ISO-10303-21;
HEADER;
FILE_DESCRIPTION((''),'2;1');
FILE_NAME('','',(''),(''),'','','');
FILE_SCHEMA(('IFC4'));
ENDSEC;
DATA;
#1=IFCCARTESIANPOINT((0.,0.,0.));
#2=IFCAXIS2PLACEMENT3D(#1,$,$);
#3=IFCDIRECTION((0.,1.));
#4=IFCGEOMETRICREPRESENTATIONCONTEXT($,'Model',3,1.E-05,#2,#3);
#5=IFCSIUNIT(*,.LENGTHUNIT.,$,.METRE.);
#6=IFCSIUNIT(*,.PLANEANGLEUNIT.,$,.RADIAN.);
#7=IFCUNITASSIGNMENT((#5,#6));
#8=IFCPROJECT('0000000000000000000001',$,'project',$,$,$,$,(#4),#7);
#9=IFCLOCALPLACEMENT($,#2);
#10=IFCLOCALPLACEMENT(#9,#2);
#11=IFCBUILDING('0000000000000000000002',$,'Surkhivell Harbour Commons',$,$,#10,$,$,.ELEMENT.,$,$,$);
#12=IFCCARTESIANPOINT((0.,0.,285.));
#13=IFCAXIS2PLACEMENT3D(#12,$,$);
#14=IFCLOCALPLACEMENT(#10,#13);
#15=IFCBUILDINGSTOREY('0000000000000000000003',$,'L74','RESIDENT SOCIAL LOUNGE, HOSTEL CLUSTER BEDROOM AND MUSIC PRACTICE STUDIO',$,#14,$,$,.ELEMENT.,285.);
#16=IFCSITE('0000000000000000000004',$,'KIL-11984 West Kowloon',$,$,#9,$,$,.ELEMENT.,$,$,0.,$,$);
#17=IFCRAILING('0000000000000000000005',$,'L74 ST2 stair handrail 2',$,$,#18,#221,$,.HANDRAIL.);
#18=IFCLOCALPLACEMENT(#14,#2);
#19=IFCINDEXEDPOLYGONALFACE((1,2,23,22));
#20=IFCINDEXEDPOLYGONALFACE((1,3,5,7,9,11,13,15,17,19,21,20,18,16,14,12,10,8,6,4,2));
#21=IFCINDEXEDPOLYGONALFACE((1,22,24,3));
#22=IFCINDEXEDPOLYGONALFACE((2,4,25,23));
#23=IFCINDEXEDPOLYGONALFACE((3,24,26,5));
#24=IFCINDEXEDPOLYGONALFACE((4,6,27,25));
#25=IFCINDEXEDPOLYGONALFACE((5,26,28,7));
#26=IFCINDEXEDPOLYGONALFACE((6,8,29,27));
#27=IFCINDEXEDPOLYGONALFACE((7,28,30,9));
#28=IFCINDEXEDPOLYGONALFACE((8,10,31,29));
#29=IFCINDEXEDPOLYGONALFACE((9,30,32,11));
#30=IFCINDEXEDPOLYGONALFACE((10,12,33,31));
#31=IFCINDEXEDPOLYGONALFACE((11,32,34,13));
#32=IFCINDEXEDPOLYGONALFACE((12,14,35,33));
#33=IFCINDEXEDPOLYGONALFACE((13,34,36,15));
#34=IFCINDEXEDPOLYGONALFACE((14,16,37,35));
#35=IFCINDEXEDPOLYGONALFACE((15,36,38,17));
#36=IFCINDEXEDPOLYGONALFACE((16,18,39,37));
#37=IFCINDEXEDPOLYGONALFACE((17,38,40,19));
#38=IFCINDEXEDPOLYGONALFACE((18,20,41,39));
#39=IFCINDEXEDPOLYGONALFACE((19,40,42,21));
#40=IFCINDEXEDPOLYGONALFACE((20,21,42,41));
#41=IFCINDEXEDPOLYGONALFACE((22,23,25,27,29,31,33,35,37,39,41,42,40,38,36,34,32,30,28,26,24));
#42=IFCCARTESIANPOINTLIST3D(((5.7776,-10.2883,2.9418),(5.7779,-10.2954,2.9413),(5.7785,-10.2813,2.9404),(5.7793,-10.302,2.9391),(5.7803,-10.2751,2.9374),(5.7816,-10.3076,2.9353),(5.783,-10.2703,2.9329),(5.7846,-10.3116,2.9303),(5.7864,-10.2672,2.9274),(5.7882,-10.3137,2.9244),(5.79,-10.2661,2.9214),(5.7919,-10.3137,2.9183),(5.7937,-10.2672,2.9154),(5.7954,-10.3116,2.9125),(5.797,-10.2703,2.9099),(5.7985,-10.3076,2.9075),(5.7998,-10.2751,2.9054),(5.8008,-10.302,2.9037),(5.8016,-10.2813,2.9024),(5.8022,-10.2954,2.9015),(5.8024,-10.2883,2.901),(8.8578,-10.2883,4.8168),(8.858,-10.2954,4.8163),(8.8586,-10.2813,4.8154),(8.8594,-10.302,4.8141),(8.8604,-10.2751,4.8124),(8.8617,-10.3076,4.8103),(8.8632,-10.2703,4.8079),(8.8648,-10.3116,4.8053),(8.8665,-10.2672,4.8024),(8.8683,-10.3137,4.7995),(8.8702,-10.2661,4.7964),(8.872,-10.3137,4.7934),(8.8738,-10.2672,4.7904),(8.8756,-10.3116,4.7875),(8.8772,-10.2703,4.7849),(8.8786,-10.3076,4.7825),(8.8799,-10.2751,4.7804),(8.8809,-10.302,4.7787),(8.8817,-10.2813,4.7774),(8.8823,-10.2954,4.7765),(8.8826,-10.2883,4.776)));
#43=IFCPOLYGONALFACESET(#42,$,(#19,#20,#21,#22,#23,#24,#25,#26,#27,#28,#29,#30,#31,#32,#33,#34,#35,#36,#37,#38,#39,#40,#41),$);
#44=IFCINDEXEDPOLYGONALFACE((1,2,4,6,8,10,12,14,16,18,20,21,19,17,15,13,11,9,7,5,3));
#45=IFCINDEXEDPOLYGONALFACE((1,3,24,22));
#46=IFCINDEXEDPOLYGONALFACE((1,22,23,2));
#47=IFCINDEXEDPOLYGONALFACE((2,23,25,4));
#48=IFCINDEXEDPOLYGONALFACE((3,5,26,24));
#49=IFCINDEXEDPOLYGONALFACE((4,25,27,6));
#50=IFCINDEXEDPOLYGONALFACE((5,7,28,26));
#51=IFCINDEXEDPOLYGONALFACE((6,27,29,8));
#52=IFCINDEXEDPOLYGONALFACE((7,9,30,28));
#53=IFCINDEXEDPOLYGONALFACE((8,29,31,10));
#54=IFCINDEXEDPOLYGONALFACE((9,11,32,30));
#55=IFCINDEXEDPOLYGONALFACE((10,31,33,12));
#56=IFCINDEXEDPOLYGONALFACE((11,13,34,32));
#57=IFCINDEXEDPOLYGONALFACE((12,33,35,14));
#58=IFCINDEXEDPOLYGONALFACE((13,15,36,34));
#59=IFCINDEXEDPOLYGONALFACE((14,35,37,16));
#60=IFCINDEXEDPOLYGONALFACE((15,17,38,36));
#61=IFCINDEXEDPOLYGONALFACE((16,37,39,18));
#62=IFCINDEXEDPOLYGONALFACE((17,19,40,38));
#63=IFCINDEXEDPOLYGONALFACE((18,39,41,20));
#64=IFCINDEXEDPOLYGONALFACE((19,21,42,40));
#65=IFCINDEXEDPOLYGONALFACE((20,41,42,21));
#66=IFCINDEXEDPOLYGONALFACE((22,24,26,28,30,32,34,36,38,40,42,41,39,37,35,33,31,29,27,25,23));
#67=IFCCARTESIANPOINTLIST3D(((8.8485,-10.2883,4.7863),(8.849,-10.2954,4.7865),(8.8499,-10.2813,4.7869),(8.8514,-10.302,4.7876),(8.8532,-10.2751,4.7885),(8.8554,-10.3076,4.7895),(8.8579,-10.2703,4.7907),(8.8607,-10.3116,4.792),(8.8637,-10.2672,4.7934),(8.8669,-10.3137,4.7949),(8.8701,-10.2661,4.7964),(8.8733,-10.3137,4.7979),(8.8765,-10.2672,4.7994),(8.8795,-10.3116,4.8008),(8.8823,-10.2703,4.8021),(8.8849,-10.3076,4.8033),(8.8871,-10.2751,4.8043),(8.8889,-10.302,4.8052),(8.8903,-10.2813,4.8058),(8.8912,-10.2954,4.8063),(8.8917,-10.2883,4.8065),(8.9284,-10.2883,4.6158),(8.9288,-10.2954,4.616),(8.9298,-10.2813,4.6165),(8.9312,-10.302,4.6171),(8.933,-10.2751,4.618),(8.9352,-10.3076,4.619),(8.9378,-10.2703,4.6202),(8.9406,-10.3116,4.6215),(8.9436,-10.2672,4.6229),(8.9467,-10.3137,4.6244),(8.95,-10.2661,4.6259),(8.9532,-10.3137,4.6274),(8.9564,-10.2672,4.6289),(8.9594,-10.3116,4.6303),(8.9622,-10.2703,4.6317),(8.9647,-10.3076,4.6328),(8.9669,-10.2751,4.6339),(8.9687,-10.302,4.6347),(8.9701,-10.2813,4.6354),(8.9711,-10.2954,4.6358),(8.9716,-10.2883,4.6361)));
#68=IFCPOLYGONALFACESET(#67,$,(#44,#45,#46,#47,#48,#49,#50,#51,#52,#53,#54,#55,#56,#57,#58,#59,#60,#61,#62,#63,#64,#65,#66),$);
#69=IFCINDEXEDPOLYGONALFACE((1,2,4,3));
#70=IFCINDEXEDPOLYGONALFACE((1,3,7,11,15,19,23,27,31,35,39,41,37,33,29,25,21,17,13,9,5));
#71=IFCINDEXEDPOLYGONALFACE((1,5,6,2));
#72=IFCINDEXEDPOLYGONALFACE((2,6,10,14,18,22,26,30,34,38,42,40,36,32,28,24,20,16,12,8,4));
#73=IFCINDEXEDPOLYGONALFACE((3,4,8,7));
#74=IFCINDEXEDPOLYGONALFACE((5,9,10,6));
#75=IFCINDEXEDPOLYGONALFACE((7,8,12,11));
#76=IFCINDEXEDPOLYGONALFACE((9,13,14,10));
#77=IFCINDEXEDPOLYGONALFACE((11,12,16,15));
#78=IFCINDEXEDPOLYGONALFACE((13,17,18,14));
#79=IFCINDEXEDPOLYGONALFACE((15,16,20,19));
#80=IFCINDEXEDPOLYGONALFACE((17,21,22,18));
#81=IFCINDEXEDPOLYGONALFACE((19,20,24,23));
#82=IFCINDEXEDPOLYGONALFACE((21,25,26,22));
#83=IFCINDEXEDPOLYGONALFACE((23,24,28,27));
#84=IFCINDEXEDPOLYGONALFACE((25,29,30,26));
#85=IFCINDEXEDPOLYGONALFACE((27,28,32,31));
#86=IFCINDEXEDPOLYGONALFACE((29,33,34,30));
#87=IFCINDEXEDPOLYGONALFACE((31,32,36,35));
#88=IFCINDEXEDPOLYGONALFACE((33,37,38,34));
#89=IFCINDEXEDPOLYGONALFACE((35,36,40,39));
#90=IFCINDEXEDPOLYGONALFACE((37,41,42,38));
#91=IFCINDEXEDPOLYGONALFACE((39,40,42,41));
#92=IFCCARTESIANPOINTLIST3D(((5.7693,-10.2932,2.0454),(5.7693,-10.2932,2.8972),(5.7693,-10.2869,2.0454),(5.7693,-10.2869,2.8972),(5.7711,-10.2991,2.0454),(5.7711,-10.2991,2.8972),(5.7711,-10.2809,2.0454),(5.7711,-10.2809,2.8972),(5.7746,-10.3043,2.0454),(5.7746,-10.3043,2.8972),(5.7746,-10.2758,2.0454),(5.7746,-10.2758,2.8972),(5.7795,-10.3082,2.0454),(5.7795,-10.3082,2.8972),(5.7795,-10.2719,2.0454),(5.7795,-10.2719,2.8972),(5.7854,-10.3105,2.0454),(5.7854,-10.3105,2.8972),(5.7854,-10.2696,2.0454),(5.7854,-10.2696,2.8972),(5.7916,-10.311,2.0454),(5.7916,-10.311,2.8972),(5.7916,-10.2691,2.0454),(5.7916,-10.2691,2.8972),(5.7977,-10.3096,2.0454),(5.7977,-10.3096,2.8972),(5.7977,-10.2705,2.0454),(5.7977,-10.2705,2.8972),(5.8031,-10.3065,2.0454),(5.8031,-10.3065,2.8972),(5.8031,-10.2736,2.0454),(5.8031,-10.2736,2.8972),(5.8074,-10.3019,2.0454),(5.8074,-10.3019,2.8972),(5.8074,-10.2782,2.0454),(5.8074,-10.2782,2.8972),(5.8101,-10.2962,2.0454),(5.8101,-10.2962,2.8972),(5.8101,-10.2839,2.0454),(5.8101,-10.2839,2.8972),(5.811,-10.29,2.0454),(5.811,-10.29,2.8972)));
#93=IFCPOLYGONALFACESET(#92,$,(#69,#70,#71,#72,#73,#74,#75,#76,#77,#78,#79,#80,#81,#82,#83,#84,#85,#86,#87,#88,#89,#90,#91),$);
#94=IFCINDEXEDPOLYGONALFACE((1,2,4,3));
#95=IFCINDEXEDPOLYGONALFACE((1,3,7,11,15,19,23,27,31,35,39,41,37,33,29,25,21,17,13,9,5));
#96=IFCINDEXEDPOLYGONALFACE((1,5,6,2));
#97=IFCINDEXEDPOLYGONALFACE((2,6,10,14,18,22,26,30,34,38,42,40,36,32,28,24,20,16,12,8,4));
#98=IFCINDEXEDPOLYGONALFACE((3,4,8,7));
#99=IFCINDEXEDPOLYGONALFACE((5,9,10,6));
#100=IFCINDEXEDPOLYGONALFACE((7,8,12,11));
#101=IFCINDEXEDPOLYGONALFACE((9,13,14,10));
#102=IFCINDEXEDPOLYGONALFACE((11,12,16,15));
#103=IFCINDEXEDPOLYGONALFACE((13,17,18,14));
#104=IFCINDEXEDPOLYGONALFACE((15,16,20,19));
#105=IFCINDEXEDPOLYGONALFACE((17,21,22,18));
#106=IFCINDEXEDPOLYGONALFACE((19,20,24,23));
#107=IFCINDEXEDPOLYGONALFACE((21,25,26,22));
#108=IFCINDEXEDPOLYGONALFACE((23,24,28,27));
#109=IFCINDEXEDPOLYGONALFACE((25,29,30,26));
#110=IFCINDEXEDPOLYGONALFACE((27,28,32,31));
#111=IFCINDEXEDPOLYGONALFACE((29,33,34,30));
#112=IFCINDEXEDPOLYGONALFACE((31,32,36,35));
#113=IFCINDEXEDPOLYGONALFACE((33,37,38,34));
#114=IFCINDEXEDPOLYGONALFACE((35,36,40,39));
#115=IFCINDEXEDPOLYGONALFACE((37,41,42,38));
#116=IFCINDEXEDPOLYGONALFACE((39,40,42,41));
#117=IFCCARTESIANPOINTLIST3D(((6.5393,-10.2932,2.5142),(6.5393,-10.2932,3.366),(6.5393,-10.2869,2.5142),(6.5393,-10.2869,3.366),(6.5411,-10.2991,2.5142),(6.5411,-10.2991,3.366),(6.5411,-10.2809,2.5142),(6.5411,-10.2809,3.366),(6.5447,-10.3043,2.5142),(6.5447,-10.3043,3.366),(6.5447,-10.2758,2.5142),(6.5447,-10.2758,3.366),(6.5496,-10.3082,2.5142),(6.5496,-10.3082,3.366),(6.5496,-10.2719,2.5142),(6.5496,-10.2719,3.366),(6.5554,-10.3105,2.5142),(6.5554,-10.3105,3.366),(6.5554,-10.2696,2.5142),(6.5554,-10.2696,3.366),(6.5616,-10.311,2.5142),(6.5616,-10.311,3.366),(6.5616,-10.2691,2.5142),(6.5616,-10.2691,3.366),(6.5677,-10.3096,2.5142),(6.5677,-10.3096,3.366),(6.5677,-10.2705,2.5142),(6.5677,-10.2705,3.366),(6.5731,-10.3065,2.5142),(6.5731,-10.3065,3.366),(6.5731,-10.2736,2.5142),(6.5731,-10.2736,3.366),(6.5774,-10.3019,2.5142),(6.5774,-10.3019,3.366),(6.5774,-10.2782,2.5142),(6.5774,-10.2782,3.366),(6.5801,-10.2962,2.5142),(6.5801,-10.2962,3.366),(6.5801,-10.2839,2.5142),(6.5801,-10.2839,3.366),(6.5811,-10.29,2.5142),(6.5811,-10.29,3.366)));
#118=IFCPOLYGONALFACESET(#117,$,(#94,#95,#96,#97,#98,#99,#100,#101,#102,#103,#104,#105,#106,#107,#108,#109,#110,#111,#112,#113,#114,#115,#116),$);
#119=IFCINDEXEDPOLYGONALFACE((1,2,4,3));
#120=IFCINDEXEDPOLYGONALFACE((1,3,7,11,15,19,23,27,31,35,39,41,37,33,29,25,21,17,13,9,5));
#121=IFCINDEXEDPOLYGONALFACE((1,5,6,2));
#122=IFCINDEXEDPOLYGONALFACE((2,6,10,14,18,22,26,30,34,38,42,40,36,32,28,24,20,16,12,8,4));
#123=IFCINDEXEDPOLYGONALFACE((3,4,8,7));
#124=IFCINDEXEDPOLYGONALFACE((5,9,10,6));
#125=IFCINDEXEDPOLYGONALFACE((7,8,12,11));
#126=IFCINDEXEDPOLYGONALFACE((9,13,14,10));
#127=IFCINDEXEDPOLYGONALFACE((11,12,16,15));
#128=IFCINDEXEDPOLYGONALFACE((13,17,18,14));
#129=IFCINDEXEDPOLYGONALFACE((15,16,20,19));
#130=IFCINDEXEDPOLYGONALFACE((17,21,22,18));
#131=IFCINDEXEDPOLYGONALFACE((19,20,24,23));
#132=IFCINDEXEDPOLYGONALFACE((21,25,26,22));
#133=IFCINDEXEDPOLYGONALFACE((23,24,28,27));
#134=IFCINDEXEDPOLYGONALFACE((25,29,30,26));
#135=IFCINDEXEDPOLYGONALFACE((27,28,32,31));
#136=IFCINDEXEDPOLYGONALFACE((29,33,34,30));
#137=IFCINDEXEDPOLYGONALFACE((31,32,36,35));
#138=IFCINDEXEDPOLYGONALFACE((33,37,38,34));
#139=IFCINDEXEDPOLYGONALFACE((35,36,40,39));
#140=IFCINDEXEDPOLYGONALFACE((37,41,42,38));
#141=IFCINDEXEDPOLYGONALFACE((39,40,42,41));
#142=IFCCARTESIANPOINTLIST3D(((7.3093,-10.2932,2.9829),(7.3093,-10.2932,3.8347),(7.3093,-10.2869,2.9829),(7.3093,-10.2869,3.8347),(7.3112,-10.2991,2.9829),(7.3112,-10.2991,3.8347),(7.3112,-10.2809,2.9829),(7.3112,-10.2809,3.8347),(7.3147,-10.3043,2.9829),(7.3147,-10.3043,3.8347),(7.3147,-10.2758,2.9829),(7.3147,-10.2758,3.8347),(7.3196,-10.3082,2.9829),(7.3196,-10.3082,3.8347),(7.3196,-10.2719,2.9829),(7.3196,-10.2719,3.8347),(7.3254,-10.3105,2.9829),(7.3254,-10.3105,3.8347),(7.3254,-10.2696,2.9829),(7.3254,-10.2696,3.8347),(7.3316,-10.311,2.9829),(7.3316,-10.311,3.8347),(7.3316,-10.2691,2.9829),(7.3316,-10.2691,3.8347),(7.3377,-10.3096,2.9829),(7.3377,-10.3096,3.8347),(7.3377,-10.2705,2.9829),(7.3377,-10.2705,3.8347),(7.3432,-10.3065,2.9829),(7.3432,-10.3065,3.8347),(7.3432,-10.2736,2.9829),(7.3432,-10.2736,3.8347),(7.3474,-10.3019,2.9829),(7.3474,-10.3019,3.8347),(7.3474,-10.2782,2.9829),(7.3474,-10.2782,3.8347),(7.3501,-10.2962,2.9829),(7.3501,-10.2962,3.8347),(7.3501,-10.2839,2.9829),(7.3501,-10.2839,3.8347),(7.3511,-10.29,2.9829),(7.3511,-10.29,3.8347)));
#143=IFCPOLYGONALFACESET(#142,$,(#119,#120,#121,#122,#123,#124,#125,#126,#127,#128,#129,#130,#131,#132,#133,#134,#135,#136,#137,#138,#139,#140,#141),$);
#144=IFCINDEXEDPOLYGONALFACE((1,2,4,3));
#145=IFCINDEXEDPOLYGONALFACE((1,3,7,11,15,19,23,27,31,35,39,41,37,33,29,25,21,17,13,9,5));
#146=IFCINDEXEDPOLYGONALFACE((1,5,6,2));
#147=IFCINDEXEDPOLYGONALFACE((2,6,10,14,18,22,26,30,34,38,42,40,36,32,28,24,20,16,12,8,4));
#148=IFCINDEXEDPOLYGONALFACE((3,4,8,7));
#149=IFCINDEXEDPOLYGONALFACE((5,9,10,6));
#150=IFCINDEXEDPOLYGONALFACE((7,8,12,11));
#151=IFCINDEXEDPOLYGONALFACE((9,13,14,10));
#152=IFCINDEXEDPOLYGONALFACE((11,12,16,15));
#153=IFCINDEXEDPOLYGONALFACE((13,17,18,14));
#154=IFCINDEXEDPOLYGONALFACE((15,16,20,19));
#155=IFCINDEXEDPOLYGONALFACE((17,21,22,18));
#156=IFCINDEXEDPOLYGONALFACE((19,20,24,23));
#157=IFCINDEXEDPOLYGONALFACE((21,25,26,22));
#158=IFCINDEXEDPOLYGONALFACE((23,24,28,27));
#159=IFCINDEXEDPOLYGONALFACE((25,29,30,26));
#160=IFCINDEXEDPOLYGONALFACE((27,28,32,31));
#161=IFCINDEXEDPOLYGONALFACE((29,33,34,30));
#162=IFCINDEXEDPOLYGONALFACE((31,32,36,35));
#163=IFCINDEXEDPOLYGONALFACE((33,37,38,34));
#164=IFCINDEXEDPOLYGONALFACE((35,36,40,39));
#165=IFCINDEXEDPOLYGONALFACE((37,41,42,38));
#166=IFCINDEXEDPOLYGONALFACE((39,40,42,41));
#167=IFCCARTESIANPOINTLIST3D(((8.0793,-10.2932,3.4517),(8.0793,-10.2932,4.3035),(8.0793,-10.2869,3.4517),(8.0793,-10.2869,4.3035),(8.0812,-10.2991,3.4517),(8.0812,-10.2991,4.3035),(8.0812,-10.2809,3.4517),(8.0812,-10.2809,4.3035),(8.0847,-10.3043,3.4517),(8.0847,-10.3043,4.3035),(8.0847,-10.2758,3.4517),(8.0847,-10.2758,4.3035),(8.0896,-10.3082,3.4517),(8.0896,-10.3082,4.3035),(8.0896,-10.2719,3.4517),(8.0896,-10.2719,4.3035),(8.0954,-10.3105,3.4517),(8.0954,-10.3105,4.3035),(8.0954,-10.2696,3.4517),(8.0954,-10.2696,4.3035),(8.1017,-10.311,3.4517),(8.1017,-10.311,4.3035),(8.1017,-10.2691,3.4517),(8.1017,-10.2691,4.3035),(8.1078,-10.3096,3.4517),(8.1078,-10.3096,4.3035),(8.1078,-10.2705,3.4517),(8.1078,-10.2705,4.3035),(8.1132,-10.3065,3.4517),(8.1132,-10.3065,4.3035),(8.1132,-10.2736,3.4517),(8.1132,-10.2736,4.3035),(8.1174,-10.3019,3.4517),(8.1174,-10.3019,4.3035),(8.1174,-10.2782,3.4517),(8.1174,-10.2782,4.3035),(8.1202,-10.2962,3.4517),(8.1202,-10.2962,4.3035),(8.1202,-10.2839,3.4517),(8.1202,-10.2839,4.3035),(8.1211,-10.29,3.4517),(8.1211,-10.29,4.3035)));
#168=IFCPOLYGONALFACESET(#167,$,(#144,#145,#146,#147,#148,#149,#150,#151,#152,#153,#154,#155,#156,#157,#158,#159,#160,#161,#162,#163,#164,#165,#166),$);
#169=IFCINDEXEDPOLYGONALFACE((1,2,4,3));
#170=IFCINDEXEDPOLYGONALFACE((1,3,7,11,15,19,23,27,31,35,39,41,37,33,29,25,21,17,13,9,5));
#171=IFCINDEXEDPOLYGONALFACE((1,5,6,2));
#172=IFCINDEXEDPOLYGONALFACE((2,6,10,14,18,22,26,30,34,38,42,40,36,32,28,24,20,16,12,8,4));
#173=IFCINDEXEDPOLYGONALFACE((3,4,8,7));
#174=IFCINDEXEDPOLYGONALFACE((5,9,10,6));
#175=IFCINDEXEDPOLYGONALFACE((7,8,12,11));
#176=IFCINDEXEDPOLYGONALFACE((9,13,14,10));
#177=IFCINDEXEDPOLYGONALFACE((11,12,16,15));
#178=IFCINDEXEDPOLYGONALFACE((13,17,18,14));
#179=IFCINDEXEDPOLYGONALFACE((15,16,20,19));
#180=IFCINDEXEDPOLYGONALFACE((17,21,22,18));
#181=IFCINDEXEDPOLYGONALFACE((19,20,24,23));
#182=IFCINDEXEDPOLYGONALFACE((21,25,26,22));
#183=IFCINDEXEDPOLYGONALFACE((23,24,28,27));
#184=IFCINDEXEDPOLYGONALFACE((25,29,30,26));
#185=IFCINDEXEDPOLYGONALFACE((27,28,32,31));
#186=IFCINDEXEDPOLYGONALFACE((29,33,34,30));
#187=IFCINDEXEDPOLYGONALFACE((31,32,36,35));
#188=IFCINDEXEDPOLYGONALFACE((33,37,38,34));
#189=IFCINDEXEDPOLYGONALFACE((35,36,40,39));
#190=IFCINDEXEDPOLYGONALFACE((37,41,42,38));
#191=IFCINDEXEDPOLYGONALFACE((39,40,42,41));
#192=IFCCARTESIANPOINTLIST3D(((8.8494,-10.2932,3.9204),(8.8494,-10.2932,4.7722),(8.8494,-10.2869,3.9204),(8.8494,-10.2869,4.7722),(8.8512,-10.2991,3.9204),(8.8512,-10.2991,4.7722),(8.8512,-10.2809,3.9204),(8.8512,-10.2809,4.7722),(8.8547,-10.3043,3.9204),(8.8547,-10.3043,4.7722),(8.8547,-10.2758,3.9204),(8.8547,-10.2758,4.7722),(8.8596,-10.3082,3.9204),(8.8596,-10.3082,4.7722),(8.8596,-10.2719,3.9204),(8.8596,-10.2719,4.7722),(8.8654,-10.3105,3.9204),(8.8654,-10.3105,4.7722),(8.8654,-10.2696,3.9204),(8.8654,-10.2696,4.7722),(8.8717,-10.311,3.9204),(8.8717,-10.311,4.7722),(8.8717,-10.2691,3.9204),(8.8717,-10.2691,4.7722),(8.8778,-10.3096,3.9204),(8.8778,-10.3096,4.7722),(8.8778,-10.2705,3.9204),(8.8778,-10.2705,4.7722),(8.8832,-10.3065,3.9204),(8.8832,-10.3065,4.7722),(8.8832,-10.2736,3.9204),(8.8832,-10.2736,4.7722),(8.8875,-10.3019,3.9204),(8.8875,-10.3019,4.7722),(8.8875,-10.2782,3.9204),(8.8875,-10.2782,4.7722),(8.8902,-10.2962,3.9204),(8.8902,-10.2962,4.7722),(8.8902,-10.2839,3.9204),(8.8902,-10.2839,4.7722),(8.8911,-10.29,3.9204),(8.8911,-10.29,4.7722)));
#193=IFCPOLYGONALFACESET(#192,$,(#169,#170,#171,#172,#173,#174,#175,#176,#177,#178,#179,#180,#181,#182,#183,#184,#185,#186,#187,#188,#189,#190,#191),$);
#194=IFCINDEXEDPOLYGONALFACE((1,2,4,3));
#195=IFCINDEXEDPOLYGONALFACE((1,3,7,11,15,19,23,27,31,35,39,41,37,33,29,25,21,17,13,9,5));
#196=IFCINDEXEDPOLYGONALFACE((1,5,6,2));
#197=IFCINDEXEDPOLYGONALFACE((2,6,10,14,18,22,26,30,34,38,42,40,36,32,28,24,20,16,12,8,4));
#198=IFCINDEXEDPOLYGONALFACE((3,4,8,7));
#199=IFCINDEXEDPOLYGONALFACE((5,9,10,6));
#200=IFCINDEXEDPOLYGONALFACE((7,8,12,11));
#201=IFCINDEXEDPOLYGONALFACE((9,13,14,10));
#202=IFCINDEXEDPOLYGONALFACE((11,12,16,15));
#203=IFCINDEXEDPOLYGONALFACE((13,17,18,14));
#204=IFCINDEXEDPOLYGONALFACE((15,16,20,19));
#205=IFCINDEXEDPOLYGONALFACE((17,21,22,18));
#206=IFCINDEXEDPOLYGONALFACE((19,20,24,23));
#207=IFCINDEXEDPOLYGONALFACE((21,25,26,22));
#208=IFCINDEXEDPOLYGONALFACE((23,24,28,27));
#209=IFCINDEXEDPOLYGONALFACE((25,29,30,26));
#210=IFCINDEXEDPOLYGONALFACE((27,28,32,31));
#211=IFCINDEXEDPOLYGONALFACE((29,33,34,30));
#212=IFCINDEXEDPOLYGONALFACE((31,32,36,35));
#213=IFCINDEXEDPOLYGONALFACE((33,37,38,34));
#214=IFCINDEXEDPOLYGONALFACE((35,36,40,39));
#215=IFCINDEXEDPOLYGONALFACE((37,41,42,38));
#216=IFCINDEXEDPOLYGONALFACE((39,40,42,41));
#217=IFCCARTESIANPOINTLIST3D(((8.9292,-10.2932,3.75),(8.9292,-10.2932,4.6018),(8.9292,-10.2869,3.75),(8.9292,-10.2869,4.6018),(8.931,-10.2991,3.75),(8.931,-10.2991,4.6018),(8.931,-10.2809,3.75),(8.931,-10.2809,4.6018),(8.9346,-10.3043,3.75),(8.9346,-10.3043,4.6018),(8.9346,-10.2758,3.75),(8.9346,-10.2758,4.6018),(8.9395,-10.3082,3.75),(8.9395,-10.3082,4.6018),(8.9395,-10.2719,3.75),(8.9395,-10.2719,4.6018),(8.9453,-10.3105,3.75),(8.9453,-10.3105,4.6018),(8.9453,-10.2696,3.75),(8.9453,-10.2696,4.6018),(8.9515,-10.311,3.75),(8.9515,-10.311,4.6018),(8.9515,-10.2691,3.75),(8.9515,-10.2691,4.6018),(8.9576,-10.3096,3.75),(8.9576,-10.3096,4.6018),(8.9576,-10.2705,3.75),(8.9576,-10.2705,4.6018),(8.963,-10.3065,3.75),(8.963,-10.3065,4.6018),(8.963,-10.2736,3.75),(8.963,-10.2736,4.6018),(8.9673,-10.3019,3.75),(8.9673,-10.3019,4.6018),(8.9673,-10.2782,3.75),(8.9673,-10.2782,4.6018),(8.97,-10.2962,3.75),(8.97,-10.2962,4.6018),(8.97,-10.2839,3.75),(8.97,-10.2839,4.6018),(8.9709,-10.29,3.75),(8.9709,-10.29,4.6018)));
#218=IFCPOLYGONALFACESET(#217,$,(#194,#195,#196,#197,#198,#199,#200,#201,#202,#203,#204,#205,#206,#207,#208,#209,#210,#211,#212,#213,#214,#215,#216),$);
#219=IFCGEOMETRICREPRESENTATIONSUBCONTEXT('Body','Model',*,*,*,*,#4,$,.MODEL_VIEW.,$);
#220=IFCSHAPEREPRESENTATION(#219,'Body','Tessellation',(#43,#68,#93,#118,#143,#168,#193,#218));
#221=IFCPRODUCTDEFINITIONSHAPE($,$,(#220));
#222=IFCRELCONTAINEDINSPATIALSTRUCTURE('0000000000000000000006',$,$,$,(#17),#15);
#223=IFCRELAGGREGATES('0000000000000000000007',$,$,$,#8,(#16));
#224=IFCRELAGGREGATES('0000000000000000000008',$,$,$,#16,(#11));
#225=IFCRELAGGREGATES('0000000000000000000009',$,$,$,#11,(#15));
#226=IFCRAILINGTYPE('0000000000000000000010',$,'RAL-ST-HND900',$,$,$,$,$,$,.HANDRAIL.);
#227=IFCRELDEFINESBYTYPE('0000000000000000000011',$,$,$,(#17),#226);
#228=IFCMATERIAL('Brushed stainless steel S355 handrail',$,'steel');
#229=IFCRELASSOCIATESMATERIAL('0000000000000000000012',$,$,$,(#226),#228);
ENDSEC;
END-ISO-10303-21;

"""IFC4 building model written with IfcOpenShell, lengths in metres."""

from ifc_helpers import new_model, si_unit, direction, frame, origin, origin_2d, place, context, subcontext, project, spatial, circle, extrude, material, type_object, element, save


model = new_model("IFC4")

# Units and contexts
model_context = context("Model", 3, precision=1e-05, world=origin(), true_north=direction((0.0, 1.0)))
body_context = subcontext(model_context, "Body", "Model", "MODEL_VIEW")
ifc_project = project(units=[si_unit("LENGTHUNIT", "METRE"), si_unit("PLANEANGLEUNIT", "RADIAN")], contexts=[model_context])

# Site, building, storey
site_placement = place(None, origin())
site = spatial("IfcSite", under=ifc_project, at=site_placement, Name="KIL-11984 West Kowloon", CompositionType="ELEMENT", RefElevation=0.0)
building_placement = place(site_placement, origin())
building = spatial("IfcBuilding", under=site, at=building_placement, Name="Surkhivell Harbour Commons", CompositionType="ELEMENT")
storey_placement = place(building_placement, frame((0.0, 0.0, 285.0)))
storey = spatial("IfcBuildingStorey", under=building, at=storey_placement, Name="L74", Description="RESIDENT SOCIAL LOUNGE, HOSTEL CLUSTER BEDROOM AND MUSIC PRACTICE STUDIO", CompositionType="ELEMENT", Elevation=285.0)

# Railing
ifc_material_1 = material(Name="Brushed stainless steel S355 handrail", Category="steel")
railing_type_1 = type_object("IfcRailingType", Name="RAL-ST-HND900", PredefinedType="HANDRAIL", material=ifc_material_1)
railing_1_placement = place(storey_placement, frame((5.79, -10.29, 2.0454)))
element("IfcRailing", 1, at=railing_1_placement, inside=storey, type_object=railing_type_1, Name="L74 ST2 stair handrail 2", PredefinedType="HANDRAIL", context=body_context, shape_type="SweptSolid", body=[
    extrude(circle(Radius=0.0239, at=origin_2d()), frame((0.0, 0.0, 0.876), z_axis=(0.854178, 0.0, 0.519981), x_axis=(0.0, 1.0, 0.0)), (0.0, 0.0, 1.0), 3.606),
    extrude(circle(Radius=0.0239, at=origin_2d()), frame((3.0801, 0.0, 2.751), z_axis=(0.424234, 0.0, -0.905552), x_axis=(0.0, 1.0, 0.0)), (0.0, 0.0, 1.0), 0.1882),
    extrude(circle(Radius=0.021, at=origin_2d()), origin(), (0.0, 0.0, 1.0), 0.8518),
    extrude(circle(Radius=0.021, at=origin_2d()), frame((0.77, 0.0, 0.4688)), (0.0, 0.0, 1.0), 0.8518),
    extrude(circle(Radius=0.021, at=origin_2d()), frame((1.54, 0.0, 0.9375)), (0.0, 0.0, 1.0), 0.8518),
    extrude(circle(Radius=0.021, at=origin_2d()), frame((2.3101, 0.0, 1.4062)), (0.0, 0.0, 1.0), 0.8518),
    extrude(circle(Radius=0.021, at=origin_2d()), frame((3.0801, 0.0, 1.875)), (0.0, 0.0, 1.0), 0.8518),
    extrude(circle(Radius=0.021, at=origin_2d()), frame((3.1599, 0.0, 1.7046)), (0.0, 0.0, 1.0), 0.8518),
])

save(model, "model.ifc")
